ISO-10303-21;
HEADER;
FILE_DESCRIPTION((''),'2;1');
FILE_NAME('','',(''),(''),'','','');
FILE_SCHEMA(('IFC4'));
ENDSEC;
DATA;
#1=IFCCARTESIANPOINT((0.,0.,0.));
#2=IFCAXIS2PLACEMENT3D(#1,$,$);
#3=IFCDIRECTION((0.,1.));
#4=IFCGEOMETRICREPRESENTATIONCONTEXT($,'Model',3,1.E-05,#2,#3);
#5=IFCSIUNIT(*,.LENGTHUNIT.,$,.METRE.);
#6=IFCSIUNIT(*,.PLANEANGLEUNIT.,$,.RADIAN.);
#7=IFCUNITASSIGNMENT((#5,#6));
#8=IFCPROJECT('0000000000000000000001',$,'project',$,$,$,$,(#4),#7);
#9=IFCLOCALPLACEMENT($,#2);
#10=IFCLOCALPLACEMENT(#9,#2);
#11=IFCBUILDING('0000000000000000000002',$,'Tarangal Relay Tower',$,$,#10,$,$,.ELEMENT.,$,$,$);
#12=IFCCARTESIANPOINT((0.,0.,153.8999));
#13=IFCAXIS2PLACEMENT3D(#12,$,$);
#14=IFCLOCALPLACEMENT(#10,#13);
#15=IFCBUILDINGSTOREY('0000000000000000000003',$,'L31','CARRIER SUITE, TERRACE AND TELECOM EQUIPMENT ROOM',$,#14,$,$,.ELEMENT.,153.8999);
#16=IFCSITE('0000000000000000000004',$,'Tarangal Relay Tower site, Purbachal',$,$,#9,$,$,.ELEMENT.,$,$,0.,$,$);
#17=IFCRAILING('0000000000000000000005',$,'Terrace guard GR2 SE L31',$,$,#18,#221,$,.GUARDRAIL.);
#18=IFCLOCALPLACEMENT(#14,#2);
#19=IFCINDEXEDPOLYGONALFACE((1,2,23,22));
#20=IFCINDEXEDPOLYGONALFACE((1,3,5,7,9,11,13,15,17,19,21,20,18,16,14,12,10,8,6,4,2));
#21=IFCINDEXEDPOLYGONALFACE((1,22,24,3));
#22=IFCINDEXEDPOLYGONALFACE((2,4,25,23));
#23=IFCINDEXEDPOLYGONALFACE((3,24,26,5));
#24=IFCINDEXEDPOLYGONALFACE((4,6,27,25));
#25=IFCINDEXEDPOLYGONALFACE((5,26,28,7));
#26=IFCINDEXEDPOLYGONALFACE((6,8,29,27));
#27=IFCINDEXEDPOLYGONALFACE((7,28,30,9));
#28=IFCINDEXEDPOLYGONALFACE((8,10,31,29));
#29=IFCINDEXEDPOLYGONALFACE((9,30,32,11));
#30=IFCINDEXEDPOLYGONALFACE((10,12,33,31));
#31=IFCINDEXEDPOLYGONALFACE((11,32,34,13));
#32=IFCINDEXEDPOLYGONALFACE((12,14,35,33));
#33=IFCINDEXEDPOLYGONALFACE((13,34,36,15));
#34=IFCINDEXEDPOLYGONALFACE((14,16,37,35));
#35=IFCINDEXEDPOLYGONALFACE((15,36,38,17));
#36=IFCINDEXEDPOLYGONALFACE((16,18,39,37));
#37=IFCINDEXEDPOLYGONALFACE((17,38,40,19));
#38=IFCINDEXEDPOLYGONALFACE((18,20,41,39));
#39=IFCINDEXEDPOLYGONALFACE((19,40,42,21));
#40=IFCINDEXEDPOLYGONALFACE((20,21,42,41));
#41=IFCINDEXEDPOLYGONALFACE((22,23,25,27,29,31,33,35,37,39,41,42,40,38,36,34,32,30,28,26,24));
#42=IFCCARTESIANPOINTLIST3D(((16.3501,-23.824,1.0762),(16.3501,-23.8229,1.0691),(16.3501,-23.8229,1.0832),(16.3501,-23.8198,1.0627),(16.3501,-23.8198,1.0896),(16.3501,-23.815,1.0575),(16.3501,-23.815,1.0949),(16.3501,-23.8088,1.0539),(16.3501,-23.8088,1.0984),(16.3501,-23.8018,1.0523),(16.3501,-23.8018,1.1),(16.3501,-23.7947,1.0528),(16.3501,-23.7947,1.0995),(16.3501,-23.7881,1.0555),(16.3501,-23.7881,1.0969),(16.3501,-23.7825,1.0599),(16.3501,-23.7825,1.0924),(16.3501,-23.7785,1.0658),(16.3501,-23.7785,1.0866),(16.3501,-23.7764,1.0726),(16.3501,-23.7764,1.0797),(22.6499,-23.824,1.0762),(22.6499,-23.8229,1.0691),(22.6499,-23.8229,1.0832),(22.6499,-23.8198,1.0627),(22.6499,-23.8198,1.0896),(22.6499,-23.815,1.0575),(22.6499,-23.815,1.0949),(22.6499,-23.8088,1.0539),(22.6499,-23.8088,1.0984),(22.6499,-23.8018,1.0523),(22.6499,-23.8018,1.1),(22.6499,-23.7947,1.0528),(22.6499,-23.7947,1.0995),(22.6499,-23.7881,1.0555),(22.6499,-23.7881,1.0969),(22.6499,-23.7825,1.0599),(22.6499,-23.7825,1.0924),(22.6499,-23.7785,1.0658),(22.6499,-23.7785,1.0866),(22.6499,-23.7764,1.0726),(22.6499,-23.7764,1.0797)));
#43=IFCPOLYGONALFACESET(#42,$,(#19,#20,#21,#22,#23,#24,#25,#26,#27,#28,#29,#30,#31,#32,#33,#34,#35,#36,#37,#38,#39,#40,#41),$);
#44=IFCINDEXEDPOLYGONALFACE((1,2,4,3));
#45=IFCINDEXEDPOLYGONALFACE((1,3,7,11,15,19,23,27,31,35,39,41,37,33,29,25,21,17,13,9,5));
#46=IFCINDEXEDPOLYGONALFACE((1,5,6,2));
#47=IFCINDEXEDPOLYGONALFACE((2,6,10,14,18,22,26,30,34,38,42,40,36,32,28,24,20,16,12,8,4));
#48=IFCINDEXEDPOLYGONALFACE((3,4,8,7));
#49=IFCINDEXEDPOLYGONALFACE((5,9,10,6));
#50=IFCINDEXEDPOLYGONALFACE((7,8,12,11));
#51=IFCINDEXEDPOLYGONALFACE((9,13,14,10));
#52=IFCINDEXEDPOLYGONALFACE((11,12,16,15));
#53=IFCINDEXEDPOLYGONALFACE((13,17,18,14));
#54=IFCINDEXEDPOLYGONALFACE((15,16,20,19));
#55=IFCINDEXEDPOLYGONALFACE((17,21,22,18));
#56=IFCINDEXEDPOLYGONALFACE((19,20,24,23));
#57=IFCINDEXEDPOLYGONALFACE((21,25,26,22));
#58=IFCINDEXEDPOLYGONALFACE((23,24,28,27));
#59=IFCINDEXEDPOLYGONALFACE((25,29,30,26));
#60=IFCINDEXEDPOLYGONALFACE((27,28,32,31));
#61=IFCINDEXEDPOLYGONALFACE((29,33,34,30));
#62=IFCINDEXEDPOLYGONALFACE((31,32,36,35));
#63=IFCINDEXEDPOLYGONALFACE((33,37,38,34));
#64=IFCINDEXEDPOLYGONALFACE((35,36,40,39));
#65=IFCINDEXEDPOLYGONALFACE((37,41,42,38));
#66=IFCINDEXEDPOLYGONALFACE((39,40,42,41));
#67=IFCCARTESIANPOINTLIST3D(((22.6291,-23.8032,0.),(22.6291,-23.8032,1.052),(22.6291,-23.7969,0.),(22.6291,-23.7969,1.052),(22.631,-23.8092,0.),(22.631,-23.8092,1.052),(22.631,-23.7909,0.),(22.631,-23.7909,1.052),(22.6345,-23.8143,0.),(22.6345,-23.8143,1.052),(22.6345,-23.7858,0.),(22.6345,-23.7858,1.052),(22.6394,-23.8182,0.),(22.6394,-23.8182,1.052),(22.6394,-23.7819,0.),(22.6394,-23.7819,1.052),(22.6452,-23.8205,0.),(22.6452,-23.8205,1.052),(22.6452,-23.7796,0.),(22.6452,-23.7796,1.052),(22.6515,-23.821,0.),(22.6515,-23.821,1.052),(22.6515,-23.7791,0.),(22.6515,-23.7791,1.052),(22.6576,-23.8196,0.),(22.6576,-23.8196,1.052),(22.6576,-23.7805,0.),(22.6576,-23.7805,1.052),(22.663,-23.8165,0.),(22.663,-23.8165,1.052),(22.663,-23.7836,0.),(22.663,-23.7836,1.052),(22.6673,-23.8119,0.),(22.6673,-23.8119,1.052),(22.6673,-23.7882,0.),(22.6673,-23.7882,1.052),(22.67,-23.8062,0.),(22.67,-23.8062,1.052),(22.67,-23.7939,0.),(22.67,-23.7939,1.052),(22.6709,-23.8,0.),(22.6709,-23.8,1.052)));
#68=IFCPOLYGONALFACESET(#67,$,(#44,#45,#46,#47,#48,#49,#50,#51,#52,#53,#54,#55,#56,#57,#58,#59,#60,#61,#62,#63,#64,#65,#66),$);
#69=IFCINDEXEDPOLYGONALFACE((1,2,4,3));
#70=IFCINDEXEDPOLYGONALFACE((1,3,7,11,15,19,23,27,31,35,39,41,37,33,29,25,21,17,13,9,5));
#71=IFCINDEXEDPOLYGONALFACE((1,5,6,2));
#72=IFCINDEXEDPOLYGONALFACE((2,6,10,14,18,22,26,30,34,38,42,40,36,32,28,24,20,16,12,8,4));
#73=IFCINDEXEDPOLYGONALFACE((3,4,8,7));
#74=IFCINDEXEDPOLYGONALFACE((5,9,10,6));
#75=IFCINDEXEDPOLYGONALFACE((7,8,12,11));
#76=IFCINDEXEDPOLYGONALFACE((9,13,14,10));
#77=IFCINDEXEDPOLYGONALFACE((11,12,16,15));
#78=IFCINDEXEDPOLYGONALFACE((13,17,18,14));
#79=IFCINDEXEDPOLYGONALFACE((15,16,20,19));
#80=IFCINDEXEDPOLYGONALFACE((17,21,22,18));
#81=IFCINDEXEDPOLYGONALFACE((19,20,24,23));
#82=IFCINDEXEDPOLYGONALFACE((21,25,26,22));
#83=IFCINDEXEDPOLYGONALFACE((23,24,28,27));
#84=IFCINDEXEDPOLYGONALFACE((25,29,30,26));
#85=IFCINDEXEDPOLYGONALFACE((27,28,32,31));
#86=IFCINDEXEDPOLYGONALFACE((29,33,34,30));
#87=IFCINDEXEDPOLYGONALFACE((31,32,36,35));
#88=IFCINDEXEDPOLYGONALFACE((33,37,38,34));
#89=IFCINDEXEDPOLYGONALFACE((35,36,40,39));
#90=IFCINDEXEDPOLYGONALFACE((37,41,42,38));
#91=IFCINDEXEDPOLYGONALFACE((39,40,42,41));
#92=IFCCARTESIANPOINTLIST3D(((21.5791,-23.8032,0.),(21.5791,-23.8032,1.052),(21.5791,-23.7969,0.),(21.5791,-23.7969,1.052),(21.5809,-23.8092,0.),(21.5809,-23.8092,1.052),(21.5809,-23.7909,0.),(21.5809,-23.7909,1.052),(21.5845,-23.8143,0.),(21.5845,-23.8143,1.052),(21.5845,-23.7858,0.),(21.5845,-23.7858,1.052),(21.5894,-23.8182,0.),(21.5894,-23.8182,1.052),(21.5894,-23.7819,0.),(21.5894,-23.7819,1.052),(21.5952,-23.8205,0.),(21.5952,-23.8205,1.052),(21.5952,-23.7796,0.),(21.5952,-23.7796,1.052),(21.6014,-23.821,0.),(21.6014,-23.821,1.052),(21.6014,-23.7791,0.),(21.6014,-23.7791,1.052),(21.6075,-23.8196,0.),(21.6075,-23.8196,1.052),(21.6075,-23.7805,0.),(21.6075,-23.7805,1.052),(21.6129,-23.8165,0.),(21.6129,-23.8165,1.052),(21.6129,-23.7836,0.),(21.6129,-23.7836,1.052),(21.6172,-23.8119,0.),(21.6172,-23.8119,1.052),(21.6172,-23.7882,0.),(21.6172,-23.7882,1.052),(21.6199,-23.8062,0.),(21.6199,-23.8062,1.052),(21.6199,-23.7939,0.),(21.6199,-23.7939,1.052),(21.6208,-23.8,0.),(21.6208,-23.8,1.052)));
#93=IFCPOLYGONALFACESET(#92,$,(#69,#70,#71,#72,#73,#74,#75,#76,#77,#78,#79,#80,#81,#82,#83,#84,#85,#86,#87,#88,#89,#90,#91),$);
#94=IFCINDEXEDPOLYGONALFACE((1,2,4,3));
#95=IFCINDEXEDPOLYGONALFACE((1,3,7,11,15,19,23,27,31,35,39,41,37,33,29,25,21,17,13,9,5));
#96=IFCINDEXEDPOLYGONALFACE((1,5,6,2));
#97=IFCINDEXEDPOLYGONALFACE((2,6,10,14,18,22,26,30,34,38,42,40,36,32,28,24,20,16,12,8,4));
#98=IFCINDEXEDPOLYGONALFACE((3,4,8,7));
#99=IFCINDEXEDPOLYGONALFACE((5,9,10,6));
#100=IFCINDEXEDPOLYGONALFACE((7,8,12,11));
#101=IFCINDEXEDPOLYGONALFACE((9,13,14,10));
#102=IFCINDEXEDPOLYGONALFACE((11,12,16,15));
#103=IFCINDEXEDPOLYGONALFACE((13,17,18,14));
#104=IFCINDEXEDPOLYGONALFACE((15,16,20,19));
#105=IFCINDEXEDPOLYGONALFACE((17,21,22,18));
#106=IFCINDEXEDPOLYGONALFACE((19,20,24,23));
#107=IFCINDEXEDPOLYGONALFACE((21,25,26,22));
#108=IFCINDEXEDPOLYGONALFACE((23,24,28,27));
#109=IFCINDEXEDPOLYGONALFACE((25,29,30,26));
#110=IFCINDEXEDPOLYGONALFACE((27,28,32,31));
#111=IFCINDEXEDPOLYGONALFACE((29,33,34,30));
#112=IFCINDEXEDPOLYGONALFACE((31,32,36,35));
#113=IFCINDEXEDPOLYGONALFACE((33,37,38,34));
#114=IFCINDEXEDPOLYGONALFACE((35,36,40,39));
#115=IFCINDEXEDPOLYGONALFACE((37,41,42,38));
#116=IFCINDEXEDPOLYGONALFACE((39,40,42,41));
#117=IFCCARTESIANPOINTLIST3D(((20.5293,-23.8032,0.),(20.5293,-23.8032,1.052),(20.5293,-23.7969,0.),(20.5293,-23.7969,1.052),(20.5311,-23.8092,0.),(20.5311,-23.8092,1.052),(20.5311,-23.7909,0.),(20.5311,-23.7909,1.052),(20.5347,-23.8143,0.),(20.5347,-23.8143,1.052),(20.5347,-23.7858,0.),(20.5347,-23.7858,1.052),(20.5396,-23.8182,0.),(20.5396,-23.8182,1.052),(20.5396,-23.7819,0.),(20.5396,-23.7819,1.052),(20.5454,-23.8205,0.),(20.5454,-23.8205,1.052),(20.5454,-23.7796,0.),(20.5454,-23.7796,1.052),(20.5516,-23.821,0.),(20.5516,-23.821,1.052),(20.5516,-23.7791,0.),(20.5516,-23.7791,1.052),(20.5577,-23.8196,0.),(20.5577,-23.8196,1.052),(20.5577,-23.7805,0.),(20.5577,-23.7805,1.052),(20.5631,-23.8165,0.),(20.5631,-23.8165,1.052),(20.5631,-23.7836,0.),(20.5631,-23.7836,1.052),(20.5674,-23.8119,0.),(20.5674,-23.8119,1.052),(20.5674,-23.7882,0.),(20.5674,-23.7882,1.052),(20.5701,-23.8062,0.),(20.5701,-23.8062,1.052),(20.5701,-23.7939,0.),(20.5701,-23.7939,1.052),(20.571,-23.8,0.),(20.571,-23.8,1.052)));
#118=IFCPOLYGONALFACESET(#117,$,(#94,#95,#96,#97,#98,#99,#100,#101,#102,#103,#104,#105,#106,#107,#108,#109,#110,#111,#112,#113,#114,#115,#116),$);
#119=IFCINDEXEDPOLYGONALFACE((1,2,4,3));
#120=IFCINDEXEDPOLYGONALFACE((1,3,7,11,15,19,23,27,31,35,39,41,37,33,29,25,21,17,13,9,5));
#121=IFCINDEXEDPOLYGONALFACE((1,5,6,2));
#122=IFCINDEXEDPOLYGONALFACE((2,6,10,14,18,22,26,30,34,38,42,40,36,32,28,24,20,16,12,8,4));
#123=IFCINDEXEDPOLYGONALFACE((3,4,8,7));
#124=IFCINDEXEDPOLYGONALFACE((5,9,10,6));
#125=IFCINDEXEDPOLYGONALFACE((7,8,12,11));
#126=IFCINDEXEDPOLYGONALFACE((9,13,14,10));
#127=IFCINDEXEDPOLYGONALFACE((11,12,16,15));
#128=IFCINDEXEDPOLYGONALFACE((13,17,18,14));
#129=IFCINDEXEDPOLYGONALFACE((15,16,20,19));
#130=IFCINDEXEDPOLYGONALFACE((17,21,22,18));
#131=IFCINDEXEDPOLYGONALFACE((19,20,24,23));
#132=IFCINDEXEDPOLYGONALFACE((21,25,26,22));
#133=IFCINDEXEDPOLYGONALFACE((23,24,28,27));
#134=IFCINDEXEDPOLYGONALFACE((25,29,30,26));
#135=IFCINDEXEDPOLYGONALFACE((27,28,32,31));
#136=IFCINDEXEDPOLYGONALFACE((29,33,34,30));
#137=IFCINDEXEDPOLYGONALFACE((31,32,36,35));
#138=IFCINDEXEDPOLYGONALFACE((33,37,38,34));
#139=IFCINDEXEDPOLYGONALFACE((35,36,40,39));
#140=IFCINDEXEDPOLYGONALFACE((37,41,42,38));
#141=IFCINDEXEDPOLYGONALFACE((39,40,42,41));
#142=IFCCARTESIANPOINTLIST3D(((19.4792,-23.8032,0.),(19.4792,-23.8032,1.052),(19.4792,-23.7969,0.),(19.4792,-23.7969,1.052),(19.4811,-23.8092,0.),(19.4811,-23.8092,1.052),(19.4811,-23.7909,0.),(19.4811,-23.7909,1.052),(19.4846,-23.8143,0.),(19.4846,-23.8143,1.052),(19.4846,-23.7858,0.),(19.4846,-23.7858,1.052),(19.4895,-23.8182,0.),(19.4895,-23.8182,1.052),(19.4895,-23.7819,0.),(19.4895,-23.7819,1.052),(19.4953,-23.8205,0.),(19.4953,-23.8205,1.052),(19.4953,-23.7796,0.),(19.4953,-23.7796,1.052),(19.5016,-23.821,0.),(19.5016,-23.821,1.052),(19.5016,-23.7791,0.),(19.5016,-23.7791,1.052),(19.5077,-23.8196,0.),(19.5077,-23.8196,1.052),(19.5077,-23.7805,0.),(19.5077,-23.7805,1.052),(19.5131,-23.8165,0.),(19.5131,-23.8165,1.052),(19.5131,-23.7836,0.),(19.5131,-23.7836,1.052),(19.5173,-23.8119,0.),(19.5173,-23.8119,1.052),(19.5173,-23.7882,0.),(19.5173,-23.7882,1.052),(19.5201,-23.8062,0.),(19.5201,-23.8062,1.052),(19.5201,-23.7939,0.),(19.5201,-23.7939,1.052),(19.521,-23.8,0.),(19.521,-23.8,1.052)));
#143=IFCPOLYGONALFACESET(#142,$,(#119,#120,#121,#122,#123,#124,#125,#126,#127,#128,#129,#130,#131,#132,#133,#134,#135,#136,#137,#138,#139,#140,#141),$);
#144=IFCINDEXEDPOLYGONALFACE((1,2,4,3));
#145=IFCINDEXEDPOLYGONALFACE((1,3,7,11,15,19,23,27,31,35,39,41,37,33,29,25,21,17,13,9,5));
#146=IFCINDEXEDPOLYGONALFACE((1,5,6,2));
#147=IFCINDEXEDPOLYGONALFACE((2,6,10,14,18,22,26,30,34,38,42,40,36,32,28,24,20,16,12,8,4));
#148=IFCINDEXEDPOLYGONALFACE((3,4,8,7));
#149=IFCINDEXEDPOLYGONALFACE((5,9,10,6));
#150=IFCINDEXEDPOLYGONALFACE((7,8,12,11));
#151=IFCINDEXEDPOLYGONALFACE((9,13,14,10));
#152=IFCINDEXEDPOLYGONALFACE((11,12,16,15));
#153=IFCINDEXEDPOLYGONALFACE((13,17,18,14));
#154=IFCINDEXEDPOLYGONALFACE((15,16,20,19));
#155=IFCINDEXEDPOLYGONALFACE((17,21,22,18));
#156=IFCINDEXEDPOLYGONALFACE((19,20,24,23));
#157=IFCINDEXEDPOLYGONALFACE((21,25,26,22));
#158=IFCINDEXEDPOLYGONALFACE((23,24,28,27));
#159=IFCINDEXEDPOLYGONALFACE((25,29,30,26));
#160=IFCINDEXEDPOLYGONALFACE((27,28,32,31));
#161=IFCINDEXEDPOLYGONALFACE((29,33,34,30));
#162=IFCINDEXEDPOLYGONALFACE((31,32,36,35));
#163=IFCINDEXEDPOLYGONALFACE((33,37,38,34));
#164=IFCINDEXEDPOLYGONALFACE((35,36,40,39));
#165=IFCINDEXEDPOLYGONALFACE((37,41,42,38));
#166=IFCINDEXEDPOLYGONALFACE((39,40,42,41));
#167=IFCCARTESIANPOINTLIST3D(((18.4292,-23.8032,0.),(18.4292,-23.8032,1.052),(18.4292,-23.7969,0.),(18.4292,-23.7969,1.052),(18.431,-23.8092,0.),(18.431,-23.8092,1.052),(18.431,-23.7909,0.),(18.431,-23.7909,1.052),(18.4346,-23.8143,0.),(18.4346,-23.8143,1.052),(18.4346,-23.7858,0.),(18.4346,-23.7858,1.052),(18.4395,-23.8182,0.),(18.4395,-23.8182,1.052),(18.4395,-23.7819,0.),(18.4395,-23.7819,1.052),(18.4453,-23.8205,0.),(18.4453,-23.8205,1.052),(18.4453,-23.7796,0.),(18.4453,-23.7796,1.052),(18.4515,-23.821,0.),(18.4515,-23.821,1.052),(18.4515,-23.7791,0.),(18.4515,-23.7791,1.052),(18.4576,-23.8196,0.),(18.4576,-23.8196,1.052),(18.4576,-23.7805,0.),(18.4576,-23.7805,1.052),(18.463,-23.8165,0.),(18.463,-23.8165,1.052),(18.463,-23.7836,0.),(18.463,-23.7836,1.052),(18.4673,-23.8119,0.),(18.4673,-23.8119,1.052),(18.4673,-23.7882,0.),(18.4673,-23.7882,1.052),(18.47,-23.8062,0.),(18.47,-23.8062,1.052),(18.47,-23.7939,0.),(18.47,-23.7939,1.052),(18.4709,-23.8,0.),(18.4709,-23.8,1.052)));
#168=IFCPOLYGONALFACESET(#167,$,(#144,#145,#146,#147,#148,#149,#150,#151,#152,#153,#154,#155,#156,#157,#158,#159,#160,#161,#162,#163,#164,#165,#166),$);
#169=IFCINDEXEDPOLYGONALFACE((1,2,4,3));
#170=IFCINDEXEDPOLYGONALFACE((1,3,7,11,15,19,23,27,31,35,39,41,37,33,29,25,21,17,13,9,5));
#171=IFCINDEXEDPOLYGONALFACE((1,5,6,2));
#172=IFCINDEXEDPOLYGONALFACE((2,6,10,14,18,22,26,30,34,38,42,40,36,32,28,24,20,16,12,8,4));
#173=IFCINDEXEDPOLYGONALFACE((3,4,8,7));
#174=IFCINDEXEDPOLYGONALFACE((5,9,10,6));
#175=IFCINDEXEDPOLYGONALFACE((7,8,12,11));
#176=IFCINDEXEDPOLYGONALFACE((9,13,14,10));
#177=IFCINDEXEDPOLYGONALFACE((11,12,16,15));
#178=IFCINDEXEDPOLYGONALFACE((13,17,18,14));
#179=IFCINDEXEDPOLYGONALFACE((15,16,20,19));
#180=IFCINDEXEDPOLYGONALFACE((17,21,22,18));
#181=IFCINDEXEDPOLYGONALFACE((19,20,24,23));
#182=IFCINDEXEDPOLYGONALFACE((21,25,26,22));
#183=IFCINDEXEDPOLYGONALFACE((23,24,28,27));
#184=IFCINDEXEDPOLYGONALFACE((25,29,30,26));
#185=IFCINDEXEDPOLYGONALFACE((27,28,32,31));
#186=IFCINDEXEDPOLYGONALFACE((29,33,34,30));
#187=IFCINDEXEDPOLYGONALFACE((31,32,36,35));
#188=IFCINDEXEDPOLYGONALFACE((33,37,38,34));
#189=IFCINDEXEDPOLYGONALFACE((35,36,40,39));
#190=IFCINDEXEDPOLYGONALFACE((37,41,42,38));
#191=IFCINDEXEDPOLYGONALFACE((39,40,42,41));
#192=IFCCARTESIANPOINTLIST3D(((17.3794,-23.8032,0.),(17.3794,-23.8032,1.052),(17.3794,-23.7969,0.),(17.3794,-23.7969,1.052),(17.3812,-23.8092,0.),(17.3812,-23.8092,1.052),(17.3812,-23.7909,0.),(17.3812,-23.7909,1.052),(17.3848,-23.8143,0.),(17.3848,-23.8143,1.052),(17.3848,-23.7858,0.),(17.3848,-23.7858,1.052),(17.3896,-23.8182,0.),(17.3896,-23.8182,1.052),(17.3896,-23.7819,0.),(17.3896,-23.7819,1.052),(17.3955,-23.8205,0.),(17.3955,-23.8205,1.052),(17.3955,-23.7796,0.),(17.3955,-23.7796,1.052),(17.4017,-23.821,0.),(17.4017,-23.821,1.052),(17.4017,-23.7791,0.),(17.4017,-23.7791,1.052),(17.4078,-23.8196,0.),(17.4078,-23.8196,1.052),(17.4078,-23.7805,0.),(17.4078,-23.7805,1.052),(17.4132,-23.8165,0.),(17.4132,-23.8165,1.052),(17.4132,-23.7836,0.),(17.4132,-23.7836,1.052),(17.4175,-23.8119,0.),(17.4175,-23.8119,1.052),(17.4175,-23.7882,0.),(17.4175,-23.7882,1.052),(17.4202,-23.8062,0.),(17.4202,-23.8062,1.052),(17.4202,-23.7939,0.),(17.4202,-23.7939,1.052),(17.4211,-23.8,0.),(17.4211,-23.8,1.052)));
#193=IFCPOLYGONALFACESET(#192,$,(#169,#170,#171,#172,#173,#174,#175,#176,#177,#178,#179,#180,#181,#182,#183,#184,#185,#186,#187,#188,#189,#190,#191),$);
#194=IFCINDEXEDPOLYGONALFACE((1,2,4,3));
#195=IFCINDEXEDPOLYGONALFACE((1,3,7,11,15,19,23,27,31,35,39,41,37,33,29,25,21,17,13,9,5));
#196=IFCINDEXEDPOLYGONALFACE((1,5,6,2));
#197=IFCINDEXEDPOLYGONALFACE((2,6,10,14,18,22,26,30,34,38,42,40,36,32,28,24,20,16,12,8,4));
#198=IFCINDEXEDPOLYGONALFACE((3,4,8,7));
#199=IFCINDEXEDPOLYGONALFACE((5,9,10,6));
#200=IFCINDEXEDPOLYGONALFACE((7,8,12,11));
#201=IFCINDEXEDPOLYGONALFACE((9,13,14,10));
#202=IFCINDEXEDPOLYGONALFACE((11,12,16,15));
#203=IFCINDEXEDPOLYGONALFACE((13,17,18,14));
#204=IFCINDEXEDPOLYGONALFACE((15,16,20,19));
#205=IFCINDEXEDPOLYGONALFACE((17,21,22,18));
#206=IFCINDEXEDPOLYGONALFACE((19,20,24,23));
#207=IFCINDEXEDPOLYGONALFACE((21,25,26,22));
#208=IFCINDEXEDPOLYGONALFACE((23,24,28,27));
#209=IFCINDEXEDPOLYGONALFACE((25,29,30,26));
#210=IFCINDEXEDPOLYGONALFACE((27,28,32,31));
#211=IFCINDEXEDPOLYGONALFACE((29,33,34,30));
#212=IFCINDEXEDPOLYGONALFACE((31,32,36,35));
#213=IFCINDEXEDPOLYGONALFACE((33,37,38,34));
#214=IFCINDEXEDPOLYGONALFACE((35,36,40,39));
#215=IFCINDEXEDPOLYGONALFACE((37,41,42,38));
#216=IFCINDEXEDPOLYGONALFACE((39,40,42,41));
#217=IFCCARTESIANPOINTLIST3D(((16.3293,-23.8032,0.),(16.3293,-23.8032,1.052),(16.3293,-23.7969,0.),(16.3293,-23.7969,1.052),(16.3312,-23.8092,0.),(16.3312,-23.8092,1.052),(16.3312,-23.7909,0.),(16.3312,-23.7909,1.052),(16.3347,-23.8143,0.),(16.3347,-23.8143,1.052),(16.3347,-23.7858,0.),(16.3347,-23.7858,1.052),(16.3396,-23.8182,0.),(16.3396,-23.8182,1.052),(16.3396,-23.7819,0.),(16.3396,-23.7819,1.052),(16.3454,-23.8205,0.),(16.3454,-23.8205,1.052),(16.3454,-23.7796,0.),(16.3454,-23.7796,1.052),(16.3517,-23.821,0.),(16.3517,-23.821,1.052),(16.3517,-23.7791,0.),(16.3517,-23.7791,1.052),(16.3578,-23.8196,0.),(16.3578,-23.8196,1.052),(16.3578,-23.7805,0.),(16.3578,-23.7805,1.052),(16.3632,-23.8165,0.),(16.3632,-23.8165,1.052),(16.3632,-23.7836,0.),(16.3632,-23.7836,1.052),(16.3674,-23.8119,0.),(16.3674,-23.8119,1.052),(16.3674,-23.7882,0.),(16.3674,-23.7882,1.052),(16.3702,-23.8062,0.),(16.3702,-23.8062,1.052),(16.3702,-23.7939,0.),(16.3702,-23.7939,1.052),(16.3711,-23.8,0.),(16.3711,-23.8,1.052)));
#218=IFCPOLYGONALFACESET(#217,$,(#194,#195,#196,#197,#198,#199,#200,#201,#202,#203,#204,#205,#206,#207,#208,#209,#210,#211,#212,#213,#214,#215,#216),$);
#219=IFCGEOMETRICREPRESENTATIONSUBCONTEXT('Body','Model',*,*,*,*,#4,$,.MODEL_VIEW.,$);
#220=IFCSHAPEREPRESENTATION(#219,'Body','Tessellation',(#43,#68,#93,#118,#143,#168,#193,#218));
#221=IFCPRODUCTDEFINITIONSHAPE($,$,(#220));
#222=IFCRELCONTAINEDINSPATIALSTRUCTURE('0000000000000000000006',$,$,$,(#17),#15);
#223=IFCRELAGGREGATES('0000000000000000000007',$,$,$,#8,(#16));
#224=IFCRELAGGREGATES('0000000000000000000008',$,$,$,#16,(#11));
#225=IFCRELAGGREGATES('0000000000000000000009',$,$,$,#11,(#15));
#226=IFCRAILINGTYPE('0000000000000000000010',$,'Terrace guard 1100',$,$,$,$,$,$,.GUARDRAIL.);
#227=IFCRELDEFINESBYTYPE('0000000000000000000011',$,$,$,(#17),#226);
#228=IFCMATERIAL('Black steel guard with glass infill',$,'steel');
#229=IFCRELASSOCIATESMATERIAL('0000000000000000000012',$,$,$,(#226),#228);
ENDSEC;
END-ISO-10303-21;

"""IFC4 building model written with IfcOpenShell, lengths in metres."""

from ifc_helpers import new_model, si_unit, direction, frame, origin, origin_2d, place, context, subcontext, project, spatial, circle, extrude, material, type_object, element, save


model = new_model("IFC4")

# Units and contexts
model_context = context("Model", 3, precision=1e-05, world=origin(), true_north=direction((0.0, 1.0)))
body_context = subcontext(model_context, "Body", "Model", "MODEL_VIEW")
ifc_project = project(units=[si_unit("LENGTHUNIT", "METRE"), si_unit("PLANEANGLEUNIT", "RADIAN")], contexts=[model_context])

# Site, building, storey
site_placement = place(None, origin())
site = spatial("IfcSite", under=ifc_project, at=site_placement, Name="Tarangal Relay Tower site, Purbachal", CompositionType="ELEMENT", RefElevation=0.0)
building_placement = place(site_placement, origin())
building = spatial("IfcBuilding", under=site, at=building_placement, Name="Tarangal Relay Tower", CompositionType="ELEMENT")
storey_placement = place(building_placement, frame((0.0, 0.0, 153.8999)))
storey = spatial("IfcBuildingStorey", under=building, at=storey_placement, Name="L31", Description="CARRIER SUITE, TERRACE AND TELECOM EQUIPMENT ROOM", CompositionType="ELEMENT", Elevation=153.8999)

# Railing
ifc_material_1 = material(Name="Black steel guard with glass infill", Category="steel")
railing_type = type_object("IfcRailingType", Name="Terrace guard 1100", PredefinedType="GUARDRAIL", material=ifc_material_1)
railing_placement = place(storey_placement, frame((22.6499, -23.8, 0.0)))
element("IfcRailing", 1, at=railing_placement, inside=storey, type_object=railing_type, Name="Terrace guard GR2 SE L31", PredefinedType="GUARDRAIL", context=body_context, shape_type="SweptSolid", body=[
    extrude(circle(Radius=0.0239, at=origin_2d()), frame((0.0, 0.0, 1.0762), z_axis=(-1.0, 0.0, 0.0), x_axis=(0.0, -1.0, 0.0)), (0.0, 0.0, 1.0), 6.2998),
    extrude(circle(Radius=0.021, at=origin_2d()), origin(), (0.0, 0.0, 1.0), 1.052),
    extrude(circle(Radius=0.021, at=origin_2d()), frame((-1.05, 0.0, 0.0)), (0.0, 0.0, 1.0), 1.052),
    extrude(circle(Radius=0.021, at=origin_2d()), frame((-2.0999, 0.0, 0.0)), (0.0, 0.0, 1.0), 1.052),
    extrude(circle(Radius=0.021, at=origin_2d()), frame((-3.1499, 0.0, 0.0)), (0.0, 0.0, 1.0), 1.052),
    extrude(circle(Radius=0.021, at=origin_2d()), frame((-4.2, 0.0, 0.0)), (0.0, 0.0, 1.0), 1.052),
    extrude(circle(Radius=0.021, at=origin_2d()), frame((-5.2498, 0.0, 0.0)), (0.0, 0.0, 1.0), 1.052),
    extrude(circle(Radius=0.021, at=origin_2d()), frame((-6.2998, 0.0, 0.0)), (0.0, 0.0, 1.0), 1.052),
])

save(model, "model.ifc")
